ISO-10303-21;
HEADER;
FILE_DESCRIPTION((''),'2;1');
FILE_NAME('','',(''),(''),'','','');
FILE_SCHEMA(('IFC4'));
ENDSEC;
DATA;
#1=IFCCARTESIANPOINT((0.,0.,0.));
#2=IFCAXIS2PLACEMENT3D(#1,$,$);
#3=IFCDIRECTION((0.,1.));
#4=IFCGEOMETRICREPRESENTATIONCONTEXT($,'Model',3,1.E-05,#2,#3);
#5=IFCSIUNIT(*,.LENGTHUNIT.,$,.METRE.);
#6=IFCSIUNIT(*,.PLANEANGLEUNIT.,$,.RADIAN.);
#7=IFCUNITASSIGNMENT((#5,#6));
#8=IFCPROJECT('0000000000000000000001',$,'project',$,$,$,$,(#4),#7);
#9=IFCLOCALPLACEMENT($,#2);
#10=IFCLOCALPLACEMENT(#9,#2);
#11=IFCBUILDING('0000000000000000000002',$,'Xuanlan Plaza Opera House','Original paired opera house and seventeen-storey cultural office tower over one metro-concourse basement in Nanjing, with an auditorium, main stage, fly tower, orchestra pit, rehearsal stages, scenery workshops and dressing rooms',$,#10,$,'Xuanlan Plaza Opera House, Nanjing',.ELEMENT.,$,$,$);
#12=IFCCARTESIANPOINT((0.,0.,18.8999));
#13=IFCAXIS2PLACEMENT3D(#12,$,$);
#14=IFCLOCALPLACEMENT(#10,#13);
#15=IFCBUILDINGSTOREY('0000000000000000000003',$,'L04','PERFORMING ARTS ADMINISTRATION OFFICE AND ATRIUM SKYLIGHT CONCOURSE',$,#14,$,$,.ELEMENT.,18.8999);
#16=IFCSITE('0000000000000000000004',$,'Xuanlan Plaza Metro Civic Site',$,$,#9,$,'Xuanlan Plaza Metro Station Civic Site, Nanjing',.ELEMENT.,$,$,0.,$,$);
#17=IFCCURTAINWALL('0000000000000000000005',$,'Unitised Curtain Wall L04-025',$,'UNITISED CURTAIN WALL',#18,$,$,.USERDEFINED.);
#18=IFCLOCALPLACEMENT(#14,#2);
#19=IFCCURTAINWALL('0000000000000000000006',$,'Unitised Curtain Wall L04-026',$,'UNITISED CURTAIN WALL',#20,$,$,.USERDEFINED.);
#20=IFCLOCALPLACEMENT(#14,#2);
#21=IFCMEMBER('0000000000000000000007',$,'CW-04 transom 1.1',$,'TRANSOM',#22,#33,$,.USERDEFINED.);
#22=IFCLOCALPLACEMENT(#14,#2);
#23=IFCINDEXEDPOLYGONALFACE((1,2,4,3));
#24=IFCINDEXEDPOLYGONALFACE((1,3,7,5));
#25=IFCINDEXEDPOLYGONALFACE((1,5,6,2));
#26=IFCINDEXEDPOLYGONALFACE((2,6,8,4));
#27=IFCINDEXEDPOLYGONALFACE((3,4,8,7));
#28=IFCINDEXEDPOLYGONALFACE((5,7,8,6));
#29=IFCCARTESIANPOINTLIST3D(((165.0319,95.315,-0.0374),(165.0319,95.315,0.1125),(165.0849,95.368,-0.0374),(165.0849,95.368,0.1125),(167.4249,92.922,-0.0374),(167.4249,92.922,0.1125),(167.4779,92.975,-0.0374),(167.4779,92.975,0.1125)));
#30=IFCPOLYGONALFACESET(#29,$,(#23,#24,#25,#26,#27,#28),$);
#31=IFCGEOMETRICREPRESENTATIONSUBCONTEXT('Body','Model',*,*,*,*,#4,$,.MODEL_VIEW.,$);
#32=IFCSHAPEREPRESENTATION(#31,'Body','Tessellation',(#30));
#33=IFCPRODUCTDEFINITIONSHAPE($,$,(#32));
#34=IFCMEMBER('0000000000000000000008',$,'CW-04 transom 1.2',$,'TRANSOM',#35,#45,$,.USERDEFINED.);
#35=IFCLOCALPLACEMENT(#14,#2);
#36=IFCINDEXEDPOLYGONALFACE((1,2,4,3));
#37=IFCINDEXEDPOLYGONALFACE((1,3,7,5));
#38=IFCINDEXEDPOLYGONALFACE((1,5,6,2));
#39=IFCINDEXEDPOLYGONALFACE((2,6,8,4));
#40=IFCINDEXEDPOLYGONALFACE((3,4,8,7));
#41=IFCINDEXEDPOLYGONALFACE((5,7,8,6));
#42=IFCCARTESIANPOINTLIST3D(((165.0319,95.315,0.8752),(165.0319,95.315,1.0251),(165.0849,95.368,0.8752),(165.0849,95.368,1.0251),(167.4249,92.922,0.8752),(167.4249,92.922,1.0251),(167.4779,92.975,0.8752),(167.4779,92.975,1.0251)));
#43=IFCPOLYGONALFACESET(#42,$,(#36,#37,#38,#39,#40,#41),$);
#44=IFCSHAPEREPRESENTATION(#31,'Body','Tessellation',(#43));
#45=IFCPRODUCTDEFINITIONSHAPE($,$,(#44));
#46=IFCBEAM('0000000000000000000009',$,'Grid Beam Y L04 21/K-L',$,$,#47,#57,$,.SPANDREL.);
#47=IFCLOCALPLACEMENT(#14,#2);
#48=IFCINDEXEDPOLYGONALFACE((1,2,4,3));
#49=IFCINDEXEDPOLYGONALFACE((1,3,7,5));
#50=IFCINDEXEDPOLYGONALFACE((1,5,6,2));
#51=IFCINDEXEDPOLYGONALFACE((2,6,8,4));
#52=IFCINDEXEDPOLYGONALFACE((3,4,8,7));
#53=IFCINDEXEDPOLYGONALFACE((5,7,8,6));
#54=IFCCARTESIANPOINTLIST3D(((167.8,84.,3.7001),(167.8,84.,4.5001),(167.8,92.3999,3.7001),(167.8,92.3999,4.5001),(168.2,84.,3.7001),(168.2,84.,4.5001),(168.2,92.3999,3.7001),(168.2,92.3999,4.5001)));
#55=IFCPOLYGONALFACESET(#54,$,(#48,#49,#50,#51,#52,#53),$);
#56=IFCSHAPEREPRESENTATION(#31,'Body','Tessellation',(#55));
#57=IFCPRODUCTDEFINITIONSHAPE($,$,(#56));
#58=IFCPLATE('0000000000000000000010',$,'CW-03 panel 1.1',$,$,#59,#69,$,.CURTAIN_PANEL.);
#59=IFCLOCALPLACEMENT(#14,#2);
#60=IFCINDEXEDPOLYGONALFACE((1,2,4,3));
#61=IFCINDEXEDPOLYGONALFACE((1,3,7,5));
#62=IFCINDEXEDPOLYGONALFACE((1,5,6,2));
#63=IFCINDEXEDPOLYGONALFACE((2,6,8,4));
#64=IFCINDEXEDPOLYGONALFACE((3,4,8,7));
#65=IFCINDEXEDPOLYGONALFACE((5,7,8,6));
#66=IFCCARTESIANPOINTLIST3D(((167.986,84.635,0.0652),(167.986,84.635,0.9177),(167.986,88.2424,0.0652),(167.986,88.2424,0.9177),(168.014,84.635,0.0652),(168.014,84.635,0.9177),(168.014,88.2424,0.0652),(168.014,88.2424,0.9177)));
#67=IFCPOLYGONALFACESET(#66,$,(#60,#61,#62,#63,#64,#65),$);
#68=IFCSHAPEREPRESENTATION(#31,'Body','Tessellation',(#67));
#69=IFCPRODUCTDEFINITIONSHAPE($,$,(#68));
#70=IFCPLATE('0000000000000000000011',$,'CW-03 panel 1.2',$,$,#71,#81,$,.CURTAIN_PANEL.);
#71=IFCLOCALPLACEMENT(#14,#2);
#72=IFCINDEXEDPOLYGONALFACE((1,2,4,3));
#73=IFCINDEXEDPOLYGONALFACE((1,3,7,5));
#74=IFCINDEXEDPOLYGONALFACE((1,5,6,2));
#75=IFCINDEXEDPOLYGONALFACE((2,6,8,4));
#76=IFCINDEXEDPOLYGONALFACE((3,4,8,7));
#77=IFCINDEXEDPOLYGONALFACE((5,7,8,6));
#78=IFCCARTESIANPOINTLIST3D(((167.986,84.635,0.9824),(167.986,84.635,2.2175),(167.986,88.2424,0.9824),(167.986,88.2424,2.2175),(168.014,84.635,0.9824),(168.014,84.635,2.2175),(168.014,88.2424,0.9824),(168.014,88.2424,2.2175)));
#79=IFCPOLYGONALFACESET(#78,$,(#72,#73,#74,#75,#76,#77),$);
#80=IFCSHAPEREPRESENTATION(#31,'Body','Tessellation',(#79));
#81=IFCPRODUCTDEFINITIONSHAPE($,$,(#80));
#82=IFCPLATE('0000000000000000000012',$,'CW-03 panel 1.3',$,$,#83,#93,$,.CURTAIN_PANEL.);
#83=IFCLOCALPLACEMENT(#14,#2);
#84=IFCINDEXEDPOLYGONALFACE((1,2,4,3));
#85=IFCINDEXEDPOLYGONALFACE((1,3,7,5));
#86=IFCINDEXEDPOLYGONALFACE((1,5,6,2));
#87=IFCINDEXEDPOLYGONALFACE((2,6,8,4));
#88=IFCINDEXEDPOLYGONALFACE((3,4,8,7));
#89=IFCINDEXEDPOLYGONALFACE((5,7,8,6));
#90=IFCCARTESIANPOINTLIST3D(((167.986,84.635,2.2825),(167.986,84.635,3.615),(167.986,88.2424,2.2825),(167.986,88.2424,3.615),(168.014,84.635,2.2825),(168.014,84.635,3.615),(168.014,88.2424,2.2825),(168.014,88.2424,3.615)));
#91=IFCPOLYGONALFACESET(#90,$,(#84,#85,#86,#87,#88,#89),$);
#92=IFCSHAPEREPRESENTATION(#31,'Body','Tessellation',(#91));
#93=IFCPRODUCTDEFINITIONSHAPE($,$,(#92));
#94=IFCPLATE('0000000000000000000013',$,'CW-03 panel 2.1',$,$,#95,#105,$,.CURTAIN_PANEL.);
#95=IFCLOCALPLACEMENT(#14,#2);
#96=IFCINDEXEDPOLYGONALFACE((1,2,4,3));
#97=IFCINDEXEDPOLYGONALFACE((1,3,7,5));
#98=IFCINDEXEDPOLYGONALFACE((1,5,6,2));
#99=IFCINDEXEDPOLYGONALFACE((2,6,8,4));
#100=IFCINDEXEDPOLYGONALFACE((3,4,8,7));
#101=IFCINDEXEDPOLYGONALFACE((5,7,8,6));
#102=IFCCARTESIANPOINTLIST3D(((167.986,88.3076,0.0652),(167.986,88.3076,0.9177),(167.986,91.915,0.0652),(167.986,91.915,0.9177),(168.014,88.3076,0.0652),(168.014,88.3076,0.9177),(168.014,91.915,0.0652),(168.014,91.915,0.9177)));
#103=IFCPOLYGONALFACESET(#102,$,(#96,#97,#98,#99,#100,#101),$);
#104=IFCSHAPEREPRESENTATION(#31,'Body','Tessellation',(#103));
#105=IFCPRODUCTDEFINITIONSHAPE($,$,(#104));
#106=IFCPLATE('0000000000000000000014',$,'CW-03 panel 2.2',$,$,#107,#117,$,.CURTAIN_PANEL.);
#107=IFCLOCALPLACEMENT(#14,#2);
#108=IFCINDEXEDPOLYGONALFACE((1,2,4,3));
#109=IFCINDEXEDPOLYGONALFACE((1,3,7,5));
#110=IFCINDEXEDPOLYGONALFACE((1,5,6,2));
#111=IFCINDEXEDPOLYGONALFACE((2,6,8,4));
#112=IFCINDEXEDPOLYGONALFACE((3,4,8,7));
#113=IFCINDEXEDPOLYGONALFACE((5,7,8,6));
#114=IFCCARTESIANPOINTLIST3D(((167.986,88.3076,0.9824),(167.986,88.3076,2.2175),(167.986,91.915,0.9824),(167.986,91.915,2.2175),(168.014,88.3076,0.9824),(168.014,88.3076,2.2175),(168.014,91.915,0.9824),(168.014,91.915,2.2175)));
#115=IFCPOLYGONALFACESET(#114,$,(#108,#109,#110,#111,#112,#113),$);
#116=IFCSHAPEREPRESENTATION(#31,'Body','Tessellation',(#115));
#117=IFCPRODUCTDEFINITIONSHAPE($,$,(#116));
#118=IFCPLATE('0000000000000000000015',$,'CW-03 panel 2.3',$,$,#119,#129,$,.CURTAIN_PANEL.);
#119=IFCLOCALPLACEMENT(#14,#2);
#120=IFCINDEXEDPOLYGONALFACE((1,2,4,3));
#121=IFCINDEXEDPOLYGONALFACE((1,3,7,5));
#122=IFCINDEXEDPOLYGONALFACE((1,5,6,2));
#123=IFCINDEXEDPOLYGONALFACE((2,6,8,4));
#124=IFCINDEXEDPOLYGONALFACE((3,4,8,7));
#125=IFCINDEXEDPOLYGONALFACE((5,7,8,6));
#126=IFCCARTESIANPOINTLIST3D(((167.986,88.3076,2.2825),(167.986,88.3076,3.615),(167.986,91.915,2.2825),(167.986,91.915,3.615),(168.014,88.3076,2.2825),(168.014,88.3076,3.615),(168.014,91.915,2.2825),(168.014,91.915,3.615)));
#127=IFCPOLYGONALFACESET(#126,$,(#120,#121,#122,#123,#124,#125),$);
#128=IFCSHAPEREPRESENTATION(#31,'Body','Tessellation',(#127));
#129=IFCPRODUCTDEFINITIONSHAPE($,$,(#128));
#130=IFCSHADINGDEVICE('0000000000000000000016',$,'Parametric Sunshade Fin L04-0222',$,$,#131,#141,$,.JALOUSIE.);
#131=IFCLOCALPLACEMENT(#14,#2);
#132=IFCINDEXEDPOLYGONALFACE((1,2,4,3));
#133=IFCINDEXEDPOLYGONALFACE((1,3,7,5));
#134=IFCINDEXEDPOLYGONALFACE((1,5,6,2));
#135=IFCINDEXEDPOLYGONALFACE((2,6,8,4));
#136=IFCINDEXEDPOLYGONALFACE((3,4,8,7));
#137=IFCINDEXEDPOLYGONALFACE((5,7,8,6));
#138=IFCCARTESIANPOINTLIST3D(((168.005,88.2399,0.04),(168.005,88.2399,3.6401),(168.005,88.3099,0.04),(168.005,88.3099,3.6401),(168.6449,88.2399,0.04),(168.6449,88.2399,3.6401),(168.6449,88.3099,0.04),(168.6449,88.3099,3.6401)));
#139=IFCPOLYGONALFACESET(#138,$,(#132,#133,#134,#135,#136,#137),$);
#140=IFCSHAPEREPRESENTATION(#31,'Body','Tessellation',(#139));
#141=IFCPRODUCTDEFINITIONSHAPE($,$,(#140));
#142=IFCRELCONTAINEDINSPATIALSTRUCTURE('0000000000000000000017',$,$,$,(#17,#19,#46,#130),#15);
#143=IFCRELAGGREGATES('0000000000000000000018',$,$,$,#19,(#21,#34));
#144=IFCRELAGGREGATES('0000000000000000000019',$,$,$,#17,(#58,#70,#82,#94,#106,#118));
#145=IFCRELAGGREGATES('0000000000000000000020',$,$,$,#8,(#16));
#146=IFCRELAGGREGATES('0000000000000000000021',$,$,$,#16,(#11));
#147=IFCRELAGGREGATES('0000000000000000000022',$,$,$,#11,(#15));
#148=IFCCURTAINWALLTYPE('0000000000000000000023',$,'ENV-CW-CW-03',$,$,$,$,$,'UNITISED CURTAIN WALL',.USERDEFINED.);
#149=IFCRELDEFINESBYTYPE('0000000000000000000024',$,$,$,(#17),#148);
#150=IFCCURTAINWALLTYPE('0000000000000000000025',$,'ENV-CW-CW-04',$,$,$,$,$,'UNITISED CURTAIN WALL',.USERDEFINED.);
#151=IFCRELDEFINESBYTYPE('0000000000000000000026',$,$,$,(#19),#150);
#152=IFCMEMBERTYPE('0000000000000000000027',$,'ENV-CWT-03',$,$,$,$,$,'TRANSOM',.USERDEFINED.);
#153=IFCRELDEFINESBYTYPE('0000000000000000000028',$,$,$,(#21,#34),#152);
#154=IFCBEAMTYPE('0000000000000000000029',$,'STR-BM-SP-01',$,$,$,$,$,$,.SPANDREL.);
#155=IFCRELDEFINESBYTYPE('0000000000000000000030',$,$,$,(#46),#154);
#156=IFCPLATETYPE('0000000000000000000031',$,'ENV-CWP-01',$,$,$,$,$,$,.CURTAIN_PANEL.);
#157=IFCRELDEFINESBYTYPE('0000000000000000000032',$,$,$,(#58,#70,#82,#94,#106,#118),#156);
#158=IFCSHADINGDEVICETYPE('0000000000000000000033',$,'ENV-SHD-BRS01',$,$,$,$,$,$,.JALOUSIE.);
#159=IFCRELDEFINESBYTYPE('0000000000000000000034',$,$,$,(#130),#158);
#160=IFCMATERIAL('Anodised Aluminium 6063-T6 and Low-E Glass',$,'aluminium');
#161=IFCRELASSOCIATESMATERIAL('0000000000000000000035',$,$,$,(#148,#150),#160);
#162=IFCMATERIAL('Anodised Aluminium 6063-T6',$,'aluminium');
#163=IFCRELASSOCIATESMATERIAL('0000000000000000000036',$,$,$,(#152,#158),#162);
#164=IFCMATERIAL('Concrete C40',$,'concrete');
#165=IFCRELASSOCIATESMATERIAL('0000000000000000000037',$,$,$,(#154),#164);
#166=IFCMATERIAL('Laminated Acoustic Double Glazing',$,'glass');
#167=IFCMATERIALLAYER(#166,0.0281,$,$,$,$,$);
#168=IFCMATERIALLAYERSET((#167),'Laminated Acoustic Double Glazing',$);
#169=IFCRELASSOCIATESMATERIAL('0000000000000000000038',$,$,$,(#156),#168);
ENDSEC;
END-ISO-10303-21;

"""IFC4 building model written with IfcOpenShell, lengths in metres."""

from ifc_helpers import new_model, si_unit, direction, frame, origin, origin_2d, place, context, subcontext, project, spatial, rectangle, extrude, material, layer, layer_set, material_profile, profile_set, type_object, element, aggregate, save


model = new_model("IFC4")

# Units and contexts
model_context = context("Model", 3, precision=1e-05, world=origin(), true_north=direction((0.0, 1.0)))
body_context = subcontext(model_context, "Body", "Model", "MODEL_VIEW")
ifc_project = project(units=[si_unit("LENGTHUNIT", "METRE"), si_unit("PLANEANGLEUNIT", "RADIAN")], contexts=[model_context])

# Site, building, storey
site_placement = place(None, origin())
site = spatial("IfcSite", under=ifc_project, at=site_placement, Name="Xuanlan Plaza Metro Civic Site", LongName="Xuanlan Plaza Metro Station Civic Site, Nanjing", CompositionType="ELEMENT", RefElevation=0.0)
building_placement = place(site_placement, origin())
building = spatial("IfcBuilding", under=site, at=building_placement, Name="Xuanlan Plaza Opera House", Description="Original paired opera house and seventeen-storey cultural office tower over one metro-concourse basement in Nanjing, with an auditorium, main stage, fly tower, orchestra pit, rehearsal stages, scenery workshops and dressing rooms", LongName="Xuanlan Plaza Opera House, Nanjing", CompositionType="ELEMENT")
storey_placement = place(building_placement, frame((0.0, 0.0, 18.8999)))
storey = spatial("IfcBuildingStorey", under=building, at=storey_placement, Name="L04", Description="PERFORMING ARTS ADMINISTRATION OFFICE AND ATRIUM SKYLIGHT CONCOURSE", CompositionType="ELEMENT", Elevation=18.8999)

# Shared definitions
ifc_material_1 = material(Name="Concrete C40", Category="concrete")

# Curtain wall
ifc_material_2 = material(Name="Anodised Aluminium 6063-T6 and Low-E Glass", Category="aluminium")
curtain_wall_type_1 = type_object("IfcCurtainWallType", Name="ENV-CW-CW-03", ElementType="UNITISED CURTAIN WALL", PredefinedType="USERDEFINED", material=ifc_material_2)
curtain_wall_1_placement = place(storey_placement, origin())
curtain_wall_1 = element("IfcCurtainWall", 1, at=curtain_wall_1_placement, inside=storey, type_object=curtain_wall_type_1, Name="Unitised Curtain Wall L04-025", ObjectType="UNITISED CURTAIN WALL", PredefinedType="USERDEFINED")
ifc_material_3 = material(Name="Anodised Aluminium 6063-T6", Category="aluminium")

# Curtain wall
curtain_wall_type_2 = type_object("IfcCurtainWallType", Name="ENV-CW-CW-04", ElementType="UNITISED CURTAIN WALL", PredefinedType="USERDEFINED", material=ifc_material_2)
curtain_wall_2_placement = place(storey_placement, origin())
curtain_wall_2 = element("IfcCurtainWall", 2, at=curtain_wall_2_placement, inside=storey, type_object=curtain_wall_type_2, Name="Unitised Curtain Wall L04-026", ObjectType="UNITISED CURTAIN WALL", PredefinedType="USERDEFINED")

# Members
ifc_material_profile_1 = material_profile(ifc_material_3, rectangle(XDim=0.075, YDim=0.1499, at=origin_2d()), Name="ALU-T 75x150")
ifc_profile_set_1 = profile_set([ifc_material_profile_1], Name="Anodised Aluminium 6063-T6")
member_type_1 = type_object("IfcMemberType", Name="ENV-CWT-03", ElementType="TRANSOM", PredefinedType="USERDEFINED", material=ifc_profile_set_1)
member_1_placement = place(storey_placement, frame((167.4514, 92.9485, 0.0376), z_axis=(-0.707107, 0.707107, 0.0), x_axis=(-0.707107, -0.707107, 0.0)))
member_1 = element("IfcMember", 3, at=member_1_placement, type_object=member_type_1, Name="CW-04 transom 1.1", ObjectType="TRANSOM", PredefinedType="USERDEFINED", context=body_context, shape_type="SweptSolid", body=[
    extrude(rectangle(XDim=0.075, YDim=0.1499, at=origin_2d()), origin(), (0.0, 0.0, 1.0), 3.3843),
])
member_2_placement = place(storey_placement, frame((167.4514, 92.9485, 0.9502), z_axis=(-0.707107, 0.707107, 0.0), x_axis=(-0.707107, -0.707107, 0.0)))
member_2 = element("IfcMember", 4, at=member_2_placement, type_object=member_type_1, Name="CW-04 transom 1.2", ObjectType="TRANSOM", PredefinedType="USERDEFINED", context=body_context, shape_type="SweptSolid", body=[
    extrude(rectangle(XDim=0.075, YDim=0.1499, at=origin_2d()), origin(), (0.0, 0.0, 1.0), 3.3843),
])
aggregate(curtain_wall_2, [member_1, member_2])

# Beam
ifc_material_profile_2 = material_profile(ifc_material_1, rectangle(XDim=0.3999, YDim=0.8, at=origin_2d()), Name="RC-SPD 400x800")
ifc_profile_set_2 = profile_set([ifc_material_profile_2], Name="Concrete C40")
beam_type = type_object("IfcBeamType", Name="STR-BM-SP-01", PredefinedType="SPANDREL", material=ifc_profile_set_2)
beam_placement = place(storey_placement, frame((168.0, 84.0, 4.1001), z_axis=(0.0, 1.0, 0.0), x_axis=(-1.0, 0.0, 0.0)))
element("IfcBeam", 5, at=beam_placement, inside=storey, type_object=beam_type, Name="Grid Beam Y L04 21/K-L", PredefinedType="SPANDREL", context=body_context, shape_type="SweptSolid", body=[
    extrude(rectangle(XDim=0.3999, YDim=0.8, at=origin_2d()), origin(), (0.0, 0.0, 1.0), 8.3999),
])

# Plates
ifc_material_4 = material(Name="Laminated Acoustic Double Glazing", Category="glass")
ifc_layer = layer(ifc_material_4, 0.0281)
ifc_layer_set = layer_set([ifc_layer], Name="Laminated Acoustic Double Glazing")
plate_type = type_object("IfcPlateType", Name="ENV-CWP-01", PredefinedType="CURTAIN_PANEL", material=ifc_layer_set)
plate_1_placement = place(storey_placement, frame((168.0, 86.4387, 0.0652), z_axis=(0.0, 0.0, 1.0), x_axis=(0.0, 1.0, 0.0)))
plate_1 = element("IfcPlate", 6, at=plate_1_placement, type_object=plate_type, Name="CW-03 panel 1.1", PredefinedType="CURTAIN_PANEL", context=body_context, shape_type="SweptSolid", body=[
    extrude(rectangle(XDim=3.6074, YDim=0.0281, at=origin_2d()), origin(), (0.0, 0.0, 1.0), 0.8525),
])
plate_2_placement = place(storey_placement, frame((168.0, 86.4387, 0.9824), z_axis=(0.0, 0.0, 1.0), x_axis=(0.0, 1.0, 0.0)))
plate_2 = element("IfcPlate", 7, at=plate_2_placement, type_object=plate_type, Name="CW-03 panel 1.2", PredefinedType="CURTAIN_PANEL", context=body_context, shape_type="SweptSolid", body=[
    extrude(rectangle(XDim=3.6074, YDim=0.0281, at=origin_2d()), origin(), (0.0, 0.0, 1.0), 1.2351),
])
plate_3_placement = place(storey_placement, frame((168.0, 86.4387, 2.2825), z_axis=(0.0, 0.0, 1.0), x_axis=(0.0, 1.0, 0.0)))
plate_3 = element("IfcPlate", 8, at=plate_3_placement, type_object=plate_type, Name="CW-03 panel 1.3", PredefinedType="CURTAIN_PANEL", context=body_context, shape_type="SweptSolid", body=[
    extrude(rectangle(XDim=3.6074, YDim=0.0281, at=origin_2d()), origin(), (0.0, 0.0, 1.0), 1.3325),
])
plate_4_placement = place(storey_placement, frame((168.0, 90.1113, 0.0652), z_axis=(0.0, 0.0, 1.0), x_axis=(0.0, 1.0, 0.0)))
plate_4 = element("IfcPlate", 9, at=plate_4_placement, type_object=plate_type, Name="CW-03 panel 2.1", PredefinedType="CURTAIN_PANEL", context=body_context, shape_type="SweptSolid", body=[
    extrude(rectangle(XDim=3.6074, YDim=0.0281, at=origin_2d()), origin(), (0.0, 0.0, 1.0), 0.8525),
])
plate_5_placement = place(storey_placement, frame((168.0, 90.1113, 0.9824), z_axis=(0.0, 0.0, 1.0), x_axis=(0.0, 1.0, 0.0)))
plate_5 = element("IfcPlate", 10, at=plate_5_placement, type_object=plate_type, Name="CW-03 panel 2.2", PredefinedType="CURTAIN_PANEL", context=body_context, shape_type="SweptSolid", body=[
    extrude(rectangle(XDim=3.6074, YDim=0.0281, at=origin_2d()), origin(), (0.0, 0.0, 1.0), 1.2351),
])
plate_6_placement = place(storey_placement, frame((168.0, 90.1113, 2.2825), z_axis=(0.0, 0.0, 1.0), x_axis=(0.0, 1.0, 0.0)))
plate_6 = element("IfcPlate", 11, at=plate_6_placement, type_object=plate_type, Name="CW-03 panel 2.3", PredefinedType="CURTAIN_PANEL", context=body_context, shape_type="SweptSolid", body=[
    extrude(rectangle(XDim=3.6074, YDim=0.0281, at=origin_2d()), origin(), (0.0, 0.0, 1.0), 1.3325),
])
aggregate(curtain_wall_1, [plate_1, plate_2, plate_3, plate_4, plate_5, plate_6])

# Shading device
shading_device_type = type_object("IfcShadingDeviceType", Name="ENV-SHD-BRS01", PredefinedType="JALOUSIE", material=ifc_material_3)
shading_device_placement = place(storey_placement, frame((168.325, 88.2749, 0.04), z_axis=(0.0, 0.0, 1.0), x_axis=(1.0, 0.0, 0.0)))
element("IfcShadingDevice", 12, at=shading_device_placement, inside=storey, type_object=shading_device_type, Name="Parametric Sunshade Fin L04-0222", PredefinedType="JALOUSIE", context=body_context, shape_type="SweptSolid", body=[
    extrude(rectangle(XDim=0.6399, YDim=0.0701, at=origin_2d()), origin(), (0.0, 0.0, 1.0), 3.6001),
])

save(model, "model.ifc")
